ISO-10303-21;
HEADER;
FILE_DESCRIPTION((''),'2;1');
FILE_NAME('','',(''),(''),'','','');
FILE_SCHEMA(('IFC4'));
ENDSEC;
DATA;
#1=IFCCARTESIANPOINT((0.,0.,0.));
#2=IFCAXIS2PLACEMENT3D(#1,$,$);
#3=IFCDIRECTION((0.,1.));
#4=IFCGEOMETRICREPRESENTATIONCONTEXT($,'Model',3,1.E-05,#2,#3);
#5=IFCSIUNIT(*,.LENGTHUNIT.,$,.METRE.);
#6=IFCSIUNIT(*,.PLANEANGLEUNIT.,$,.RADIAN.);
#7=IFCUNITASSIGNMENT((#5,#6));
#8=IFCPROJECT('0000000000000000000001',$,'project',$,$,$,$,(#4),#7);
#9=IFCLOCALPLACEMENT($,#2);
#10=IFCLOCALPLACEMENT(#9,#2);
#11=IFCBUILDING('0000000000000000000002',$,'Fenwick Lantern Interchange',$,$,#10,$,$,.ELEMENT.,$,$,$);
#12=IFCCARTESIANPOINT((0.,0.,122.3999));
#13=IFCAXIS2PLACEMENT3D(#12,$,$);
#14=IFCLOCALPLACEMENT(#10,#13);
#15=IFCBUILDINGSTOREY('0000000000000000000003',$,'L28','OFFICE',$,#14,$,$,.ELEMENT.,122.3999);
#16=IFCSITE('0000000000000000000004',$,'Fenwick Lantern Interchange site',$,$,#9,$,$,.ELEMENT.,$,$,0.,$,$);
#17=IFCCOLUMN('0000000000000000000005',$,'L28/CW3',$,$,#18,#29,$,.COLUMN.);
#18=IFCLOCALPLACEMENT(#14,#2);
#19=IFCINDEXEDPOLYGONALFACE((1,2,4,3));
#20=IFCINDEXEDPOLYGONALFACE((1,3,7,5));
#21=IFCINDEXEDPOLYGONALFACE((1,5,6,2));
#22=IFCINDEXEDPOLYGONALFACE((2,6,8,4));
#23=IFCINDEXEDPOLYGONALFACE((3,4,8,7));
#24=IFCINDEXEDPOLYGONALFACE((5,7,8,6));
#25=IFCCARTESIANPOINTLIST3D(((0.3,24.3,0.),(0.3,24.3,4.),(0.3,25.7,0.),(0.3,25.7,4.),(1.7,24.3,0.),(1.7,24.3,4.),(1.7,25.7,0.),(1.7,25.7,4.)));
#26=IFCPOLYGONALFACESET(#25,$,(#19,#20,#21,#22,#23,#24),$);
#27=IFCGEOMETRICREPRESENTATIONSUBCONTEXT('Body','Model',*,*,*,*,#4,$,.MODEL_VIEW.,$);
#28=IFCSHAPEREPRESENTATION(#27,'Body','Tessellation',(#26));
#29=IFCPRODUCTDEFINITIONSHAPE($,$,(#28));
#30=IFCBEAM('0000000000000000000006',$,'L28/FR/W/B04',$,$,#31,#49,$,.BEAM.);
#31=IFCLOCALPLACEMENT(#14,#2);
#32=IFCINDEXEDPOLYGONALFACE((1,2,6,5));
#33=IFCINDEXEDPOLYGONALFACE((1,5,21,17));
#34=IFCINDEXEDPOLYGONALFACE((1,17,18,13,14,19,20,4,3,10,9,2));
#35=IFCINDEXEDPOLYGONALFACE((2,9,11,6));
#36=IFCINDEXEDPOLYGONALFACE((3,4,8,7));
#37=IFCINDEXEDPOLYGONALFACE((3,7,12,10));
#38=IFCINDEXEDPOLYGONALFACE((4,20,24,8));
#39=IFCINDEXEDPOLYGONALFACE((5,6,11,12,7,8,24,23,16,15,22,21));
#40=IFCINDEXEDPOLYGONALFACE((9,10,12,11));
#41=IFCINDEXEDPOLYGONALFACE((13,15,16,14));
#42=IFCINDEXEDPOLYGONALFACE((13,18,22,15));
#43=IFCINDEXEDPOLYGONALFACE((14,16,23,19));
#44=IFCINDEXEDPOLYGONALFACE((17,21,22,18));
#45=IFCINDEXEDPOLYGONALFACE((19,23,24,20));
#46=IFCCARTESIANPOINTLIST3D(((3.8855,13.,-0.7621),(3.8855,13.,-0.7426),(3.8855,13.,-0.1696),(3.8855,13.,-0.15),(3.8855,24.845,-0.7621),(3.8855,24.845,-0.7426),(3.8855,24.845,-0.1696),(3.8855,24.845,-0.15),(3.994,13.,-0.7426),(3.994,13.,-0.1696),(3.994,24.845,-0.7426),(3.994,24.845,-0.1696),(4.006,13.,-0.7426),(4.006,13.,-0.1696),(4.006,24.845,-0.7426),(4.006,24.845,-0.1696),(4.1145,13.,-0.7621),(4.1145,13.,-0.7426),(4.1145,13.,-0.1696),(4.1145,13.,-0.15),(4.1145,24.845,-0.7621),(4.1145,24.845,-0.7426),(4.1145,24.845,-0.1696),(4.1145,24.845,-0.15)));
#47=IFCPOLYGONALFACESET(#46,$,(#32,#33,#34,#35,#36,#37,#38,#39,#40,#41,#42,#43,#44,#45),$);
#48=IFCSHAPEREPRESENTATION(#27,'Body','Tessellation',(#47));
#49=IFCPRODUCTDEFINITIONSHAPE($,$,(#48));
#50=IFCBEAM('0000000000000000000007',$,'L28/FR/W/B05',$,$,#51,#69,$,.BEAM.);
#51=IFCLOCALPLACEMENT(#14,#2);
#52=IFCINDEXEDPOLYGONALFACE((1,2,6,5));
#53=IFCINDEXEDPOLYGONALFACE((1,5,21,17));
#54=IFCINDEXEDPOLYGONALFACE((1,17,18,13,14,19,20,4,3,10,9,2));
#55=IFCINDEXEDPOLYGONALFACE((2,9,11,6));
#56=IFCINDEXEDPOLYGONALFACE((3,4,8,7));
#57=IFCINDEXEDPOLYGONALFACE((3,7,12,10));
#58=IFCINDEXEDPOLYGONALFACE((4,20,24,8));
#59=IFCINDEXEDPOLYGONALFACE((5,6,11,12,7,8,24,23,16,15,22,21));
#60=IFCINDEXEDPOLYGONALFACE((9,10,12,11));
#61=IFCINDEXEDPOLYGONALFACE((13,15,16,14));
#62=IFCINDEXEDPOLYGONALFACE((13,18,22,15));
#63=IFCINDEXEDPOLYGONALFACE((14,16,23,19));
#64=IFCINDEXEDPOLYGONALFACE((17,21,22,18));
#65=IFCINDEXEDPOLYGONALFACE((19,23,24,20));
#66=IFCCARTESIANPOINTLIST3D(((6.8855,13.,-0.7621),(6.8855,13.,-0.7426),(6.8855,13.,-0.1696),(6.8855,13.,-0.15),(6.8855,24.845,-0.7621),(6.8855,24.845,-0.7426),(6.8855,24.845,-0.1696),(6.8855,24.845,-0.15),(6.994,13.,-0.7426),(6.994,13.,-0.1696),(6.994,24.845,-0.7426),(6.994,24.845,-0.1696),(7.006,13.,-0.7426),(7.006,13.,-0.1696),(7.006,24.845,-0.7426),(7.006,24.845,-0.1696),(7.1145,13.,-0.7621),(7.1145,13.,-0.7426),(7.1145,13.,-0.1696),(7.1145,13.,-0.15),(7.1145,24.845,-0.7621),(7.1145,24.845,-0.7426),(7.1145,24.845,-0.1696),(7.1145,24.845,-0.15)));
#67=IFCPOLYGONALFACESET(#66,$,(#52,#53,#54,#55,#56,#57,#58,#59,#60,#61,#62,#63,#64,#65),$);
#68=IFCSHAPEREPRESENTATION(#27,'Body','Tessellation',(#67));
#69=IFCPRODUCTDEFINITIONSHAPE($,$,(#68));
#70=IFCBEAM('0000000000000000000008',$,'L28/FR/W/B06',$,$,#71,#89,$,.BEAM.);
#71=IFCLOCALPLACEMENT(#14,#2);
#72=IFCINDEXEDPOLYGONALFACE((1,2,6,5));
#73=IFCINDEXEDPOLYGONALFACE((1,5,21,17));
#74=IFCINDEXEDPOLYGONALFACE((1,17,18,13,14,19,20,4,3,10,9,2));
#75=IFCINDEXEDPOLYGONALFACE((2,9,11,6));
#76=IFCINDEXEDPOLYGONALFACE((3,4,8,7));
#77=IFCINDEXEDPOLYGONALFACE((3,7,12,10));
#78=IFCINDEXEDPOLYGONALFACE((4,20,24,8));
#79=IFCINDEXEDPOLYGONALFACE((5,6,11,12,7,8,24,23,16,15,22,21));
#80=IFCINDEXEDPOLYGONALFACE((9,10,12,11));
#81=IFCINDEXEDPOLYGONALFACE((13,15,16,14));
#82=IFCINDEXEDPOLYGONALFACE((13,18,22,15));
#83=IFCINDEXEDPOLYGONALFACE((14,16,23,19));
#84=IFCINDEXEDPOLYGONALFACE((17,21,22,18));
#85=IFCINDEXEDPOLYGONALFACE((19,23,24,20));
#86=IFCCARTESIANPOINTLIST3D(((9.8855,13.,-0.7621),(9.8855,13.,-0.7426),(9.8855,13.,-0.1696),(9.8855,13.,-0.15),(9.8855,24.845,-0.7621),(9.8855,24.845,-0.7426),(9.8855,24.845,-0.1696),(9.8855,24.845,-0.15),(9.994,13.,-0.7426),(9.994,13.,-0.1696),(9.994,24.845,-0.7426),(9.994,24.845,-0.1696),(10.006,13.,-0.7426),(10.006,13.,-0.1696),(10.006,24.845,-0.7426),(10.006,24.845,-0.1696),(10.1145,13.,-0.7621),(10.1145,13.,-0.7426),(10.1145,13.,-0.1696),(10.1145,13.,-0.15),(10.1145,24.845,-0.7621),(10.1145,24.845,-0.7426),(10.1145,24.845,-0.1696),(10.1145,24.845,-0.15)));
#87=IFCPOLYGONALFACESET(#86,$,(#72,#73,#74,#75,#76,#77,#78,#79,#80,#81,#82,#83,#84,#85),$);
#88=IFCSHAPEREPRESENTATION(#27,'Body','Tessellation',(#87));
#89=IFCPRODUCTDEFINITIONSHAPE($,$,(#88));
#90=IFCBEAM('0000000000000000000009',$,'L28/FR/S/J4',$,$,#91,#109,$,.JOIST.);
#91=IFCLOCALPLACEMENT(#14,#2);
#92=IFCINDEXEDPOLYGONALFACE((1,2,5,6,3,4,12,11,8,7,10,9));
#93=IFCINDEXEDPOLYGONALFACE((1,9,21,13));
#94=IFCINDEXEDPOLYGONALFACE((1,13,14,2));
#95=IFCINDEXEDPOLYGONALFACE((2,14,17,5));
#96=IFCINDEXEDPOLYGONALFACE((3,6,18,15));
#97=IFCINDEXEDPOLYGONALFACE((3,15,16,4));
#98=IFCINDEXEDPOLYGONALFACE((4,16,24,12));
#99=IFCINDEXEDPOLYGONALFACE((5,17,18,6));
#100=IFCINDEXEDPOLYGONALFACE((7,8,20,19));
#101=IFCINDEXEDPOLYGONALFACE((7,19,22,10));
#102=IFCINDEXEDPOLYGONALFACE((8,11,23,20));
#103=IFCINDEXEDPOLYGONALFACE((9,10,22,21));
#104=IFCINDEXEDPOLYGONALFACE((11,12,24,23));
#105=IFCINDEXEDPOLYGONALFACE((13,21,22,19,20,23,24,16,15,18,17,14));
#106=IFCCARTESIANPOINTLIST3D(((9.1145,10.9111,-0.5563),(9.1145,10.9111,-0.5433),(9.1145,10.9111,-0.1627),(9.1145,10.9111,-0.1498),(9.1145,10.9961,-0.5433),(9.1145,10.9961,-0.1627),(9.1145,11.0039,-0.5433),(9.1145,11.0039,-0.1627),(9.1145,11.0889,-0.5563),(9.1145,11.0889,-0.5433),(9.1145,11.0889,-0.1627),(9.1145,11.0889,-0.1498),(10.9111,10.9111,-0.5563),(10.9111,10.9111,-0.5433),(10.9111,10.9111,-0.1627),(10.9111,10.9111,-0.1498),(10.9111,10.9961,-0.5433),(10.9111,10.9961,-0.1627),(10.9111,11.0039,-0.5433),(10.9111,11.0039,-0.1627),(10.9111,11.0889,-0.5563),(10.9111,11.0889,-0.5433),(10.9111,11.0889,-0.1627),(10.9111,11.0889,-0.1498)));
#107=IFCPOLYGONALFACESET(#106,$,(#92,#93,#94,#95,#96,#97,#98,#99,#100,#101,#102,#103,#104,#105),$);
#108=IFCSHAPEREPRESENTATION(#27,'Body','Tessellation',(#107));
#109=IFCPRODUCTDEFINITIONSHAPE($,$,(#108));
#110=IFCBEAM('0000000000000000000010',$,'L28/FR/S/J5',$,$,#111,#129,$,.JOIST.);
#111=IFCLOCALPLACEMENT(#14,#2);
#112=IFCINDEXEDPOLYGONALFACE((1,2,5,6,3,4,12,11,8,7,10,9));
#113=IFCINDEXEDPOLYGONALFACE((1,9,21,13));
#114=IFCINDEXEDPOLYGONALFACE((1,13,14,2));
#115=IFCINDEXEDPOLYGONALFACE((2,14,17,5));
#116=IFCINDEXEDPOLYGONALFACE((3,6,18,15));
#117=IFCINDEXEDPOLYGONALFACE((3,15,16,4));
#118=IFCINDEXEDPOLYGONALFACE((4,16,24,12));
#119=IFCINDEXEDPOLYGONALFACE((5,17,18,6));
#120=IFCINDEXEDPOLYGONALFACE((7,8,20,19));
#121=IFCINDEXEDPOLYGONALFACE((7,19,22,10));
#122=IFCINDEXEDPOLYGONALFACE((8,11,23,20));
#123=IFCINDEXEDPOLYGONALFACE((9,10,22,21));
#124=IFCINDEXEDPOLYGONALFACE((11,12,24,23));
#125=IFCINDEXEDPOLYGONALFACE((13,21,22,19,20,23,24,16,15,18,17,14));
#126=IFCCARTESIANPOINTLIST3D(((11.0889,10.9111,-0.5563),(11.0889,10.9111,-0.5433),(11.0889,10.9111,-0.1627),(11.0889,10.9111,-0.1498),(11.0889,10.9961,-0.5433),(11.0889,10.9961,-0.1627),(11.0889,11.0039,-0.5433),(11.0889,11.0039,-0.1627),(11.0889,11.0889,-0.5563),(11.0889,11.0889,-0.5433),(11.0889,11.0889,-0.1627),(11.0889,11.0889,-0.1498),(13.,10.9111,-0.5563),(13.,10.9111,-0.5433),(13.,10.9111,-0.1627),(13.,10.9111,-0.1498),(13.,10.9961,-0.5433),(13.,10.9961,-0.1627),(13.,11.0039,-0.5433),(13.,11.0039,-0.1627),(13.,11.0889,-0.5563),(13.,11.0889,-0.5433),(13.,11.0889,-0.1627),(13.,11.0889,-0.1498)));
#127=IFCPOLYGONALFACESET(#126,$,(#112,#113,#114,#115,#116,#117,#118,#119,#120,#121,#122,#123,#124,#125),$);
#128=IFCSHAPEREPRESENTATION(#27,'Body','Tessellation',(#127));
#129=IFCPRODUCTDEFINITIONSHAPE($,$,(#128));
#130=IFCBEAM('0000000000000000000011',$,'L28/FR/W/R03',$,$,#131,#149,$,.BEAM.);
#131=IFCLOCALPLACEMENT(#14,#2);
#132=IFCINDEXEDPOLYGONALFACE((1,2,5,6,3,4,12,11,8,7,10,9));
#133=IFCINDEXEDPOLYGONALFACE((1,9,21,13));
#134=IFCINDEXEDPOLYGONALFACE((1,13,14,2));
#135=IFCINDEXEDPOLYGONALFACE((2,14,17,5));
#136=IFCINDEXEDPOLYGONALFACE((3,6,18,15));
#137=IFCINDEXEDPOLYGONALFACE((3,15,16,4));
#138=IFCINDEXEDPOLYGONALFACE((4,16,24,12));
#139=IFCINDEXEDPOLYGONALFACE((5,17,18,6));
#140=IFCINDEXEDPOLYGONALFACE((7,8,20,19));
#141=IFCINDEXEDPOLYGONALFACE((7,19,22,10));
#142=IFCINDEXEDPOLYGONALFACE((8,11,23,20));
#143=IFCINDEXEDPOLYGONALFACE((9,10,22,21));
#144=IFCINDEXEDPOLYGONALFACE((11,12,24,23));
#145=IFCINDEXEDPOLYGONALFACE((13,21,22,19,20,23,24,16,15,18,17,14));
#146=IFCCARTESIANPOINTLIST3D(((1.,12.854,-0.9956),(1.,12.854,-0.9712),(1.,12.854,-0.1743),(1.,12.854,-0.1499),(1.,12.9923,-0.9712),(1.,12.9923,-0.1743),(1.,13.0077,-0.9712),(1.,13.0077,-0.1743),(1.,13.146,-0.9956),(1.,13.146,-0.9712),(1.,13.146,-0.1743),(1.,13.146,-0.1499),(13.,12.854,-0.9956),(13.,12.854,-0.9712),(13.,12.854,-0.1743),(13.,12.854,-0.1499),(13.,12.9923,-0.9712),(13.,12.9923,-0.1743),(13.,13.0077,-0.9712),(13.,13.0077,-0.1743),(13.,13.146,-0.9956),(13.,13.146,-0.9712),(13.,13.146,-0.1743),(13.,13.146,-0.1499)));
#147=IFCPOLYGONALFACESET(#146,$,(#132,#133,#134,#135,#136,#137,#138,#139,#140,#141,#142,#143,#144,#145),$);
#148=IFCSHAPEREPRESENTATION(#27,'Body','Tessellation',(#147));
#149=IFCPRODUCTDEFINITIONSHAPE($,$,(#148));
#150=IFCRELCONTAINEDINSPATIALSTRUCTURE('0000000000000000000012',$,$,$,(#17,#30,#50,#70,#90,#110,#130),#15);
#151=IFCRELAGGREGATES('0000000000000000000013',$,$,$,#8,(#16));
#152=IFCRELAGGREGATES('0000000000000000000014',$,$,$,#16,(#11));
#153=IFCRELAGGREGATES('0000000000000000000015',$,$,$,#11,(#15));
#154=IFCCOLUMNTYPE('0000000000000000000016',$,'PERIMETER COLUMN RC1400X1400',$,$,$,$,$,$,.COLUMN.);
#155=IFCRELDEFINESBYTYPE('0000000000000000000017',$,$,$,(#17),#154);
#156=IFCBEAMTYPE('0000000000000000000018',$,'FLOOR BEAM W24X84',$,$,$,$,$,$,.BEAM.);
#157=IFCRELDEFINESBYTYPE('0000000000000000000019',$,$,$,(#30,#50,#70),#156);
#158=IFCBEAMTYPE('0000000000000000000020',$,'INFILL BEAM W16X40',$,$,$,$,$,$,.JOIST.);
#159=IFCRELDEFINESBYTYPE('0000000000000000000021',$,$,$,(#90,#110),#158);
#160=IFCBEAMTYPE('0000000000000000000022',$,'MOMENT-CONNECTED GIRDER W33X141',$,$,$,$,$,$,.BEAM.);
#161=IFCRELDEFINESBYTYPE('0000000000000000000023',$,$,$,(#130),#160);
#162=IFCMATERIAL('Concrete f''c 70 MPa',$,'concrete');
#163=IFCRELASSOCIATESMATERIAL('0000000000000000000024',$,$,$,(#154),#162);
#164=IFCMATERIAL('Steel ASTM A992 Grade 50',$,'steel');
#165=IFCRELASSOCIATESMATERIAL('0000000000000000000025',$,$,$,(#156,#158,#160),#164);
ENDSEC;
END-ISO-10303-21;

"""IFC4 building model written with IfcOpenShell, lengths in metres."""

from ifc_helpers import new_model, si_unit, direction, frame, origin, origin_2d, place, context, subcontext, project, spatial, rectangle, i_section, extrude, material, material_profile, profile_set, type_object, element, save


model = new_model("IFC4")

# Units and contexts
model_context = context("Model", 3, precision=1e-05, world=origin(), true_north=direction((0.0, 1.0)))
body_context = subcontext(model_context, "Body", "Model", "MODEL_VIEW")
ifc_project = project(units=[si_unit("LENGTHUNIT", "METRE"), si_unit("PLANEANGLEUNIT", "RADIAN")], contexts=[model_context])

# Site, building, storey
site_placement = place(None, origin())
site = spatial("IfcSite", under=ifc_project, at=site_placement, Name="Fenwick Lantern Interchange site", CompositionType="ELEMENT", RefElevation=0.0)
building_placement = place(site_placement, origin())
building = spatial("IfcBuilding", under=site, at=building_placement, Name="Fenwick Lantern Interchange", CompositionType="ELEMENT")
storey_placement = place(building_placement, frame((0.0, 0.0, 122.3999)))
storey = spatial("IfcBuildingStorey", under=building, at=storey_placement, Name="L28", Description="OFFICE", CompositionType="ELEMENT", Elevation=122.3999)

# Column
ifc_material_1 = material(Name="Concrete f'c 70 MPa", Category="concrete")
ifc_material_profile_1 = material_profile(ifc_material_1, rectangle(XDim=1.3999, YDim=1.3999, at=origin_2d()), Name="RC1400X1400")
ifc_profile_set_1 = profile_set([ifc_material_profile_1], Name="Concrete f'c 70 MPa")
column_type = type_object("IfcColumnType", Name="PERIMETER COLUMN RC1400X1400", PredefinedType="COLUMN", material=ifc_profile_set_1)
column_placement = place(storey_placement, frame((1.0, 25.0, 0.0), z_axis=(0.0, 0.0, 1.0), x_axis=(1.0, 0.0, 0.0)))
element("IfcColumn", 1, at=column_placement, inside=storey, type_object=column_type, Name="L28/CW3", PredefinedType="COLUMN", context=body_context, shape_type="SweptSolid", body=[
    extrude(rectangle(XDim=1.3999, YDim=1.3999, at=origin_2d()), origin(), (0.0, 0.0, 1.0), 4.0),
])

# Beams
ifc_material_2 = material(Name="Steel ASTM A992 Grade 50", Category="steel")
ifc_material_profile_2 = material_profile(ifc_material_2, i_section(OverallWidth=0.229, OverallDepth=0.6121, WebThickness=0.012, FlangeThickness=0.0195, at=origin_2d()), Name="W24X84")
ifc_profile_set_2 = profile_set([ifc_material_profile_2], Name="Steel ASTM A992 Grade 50")
beam_type_1 = type_object("IfcBeamType", Name="FLOOR BEAM W24X84", PredefinedType="BEAM", material=ifc_profile_set_2)
for number, where, z_axis, x_axis, name in (
    (2, (4.0, 24.845, -0.4561), (0.0, -1.0, 0.0), (1.0, 0.0, 0.0), "L28/FR/W/B04"),
    (3, (7.0, 24.845, -0.4561), (0.0, -1.0, 0.0), (1.0, 0.0, 0.0), "L28/FR/W/B05"),
    (4, (10.0, 24.845, -0.4561), (0.0, -1.0, 0.0), (1.0, 0.0, 0.0), "L28/FR/W/B06"),
):
    element("IfcBeam", number, at=place(storey_placement, frame(where, z_axis=z_axis, x_axis=x_axis)), inside=storey, type_object=beam_type_1, Name=name, PredefinedType="BEAM", context=body_context, shape_type="SweptSolid", body=[
        extrude(i_section(OverallWidth=0.229, OverallDepth=0.6121, WebThickness=0.012, FlangeThickness=0.0195, at=origin_2d()), origin(), (0.0, 0.0, 1.0), 11.845),
    ])
ifc_material_profile_3 = material_profile(ifc_material_2, i_section(OverallWidth=0.1777, OverallDepth=0.4065, WebThickness=0.0078, FlangeThickness=0.0129, at=origin_2d()), Name="W16X40")
ifc_profile_set_3 = profile_set([ifc_material_profile_3], Name="Steel ASTM A992 Grade 50")
beam_type_2 = type_object("IfcBeamType", Name="INFILL BEAM W16X40", PredefinedType="JOIST", material=ifc_profile_set_3)
beam_1_placement = place(storey_placement, frame((9.1145, 11.0, -0.353), z_axis=(1.0, 0.0, 0.0), x_axis=(0.0, 1.0, 0.0)))
element("IfcBeam", 5, at=beam_1_placement, inside=storey, type_object=beam_type_2, Name="L28/FR/S/J4", PredefinedType="JOIST", context=body_context, shape_type="SweptSolid", body=[
    extrude(i_section(OverallWidth=0.1777, OverallDepth=0.4065, WebThickness=0.0078, FlangeThickness=0.0129, at=origin_2d()), origin(), (0.0, 0.0, 1.0), 1.7966),
])
beam_2_placement = place(storey_placement, frame((11.0889, 11.0, -0.353), z_axis=(1.0, 0.0, 0.0), x_axis=(0.0, 1.0, 0.0)))
element("IfcBeam", 6, at=beam_2_placement, inside=storey, type_object=beam_type_2, Name="L28/FR/S/J5", PredefinedType="JOIST", context=body_context, shape_type="SweptSolid", body=[
    extrude(i_section(OverallWidth=0.1777, OverallDepth=0.4065, WebThickness=0.0078, FlangeThickness=0.0129, at=origin_2d()), origin(), (0.0, 0.0, 1.0), 1.9111),
])
ifc_material_profile_4 = material_profile(ifc_material_2, i_section(OverallWidth=0.292, OverallDepth=0.8457, WebThickness=0.0154, FlangeThickness=0.0244, at=origin_2d()), Name="W33X141")
ifc_profile_set_4 = profile_set([ifc_material_profile_4], Name="Steel ASTM A992 Grade 50")
beam_type_3 = type_object("IfcBeamType", Name="MOMENT-CONNECTED GIRDER W33X141", PredefinedType="BEAM", material=ifc_profile_set_4)
beam_3_placement = place(storey_placement, frame((1.0, 13.0, -0.5728), z_axis=(1.0, 0.0, 0.0), x_axis=(0.0, 1.0, 0.0)))
element("IfcBeam", 7, at=beam_3_placement, inside=storey, type_object=beam_type_3, Name="L28/FR/W/R03", PredefinedType="BEAM", context=body_context, shape_type="SweptSolid", body=[
    extrude(i_section(OverallWidth=0.292, OverallDepth=0.8457, WebThickness=0.0154, FlangeThickness=0.0244, at=origin_2d()), origin(), (0.0, 0.0, 1.0), 12.0),
])

save(model, "model.ifc")
